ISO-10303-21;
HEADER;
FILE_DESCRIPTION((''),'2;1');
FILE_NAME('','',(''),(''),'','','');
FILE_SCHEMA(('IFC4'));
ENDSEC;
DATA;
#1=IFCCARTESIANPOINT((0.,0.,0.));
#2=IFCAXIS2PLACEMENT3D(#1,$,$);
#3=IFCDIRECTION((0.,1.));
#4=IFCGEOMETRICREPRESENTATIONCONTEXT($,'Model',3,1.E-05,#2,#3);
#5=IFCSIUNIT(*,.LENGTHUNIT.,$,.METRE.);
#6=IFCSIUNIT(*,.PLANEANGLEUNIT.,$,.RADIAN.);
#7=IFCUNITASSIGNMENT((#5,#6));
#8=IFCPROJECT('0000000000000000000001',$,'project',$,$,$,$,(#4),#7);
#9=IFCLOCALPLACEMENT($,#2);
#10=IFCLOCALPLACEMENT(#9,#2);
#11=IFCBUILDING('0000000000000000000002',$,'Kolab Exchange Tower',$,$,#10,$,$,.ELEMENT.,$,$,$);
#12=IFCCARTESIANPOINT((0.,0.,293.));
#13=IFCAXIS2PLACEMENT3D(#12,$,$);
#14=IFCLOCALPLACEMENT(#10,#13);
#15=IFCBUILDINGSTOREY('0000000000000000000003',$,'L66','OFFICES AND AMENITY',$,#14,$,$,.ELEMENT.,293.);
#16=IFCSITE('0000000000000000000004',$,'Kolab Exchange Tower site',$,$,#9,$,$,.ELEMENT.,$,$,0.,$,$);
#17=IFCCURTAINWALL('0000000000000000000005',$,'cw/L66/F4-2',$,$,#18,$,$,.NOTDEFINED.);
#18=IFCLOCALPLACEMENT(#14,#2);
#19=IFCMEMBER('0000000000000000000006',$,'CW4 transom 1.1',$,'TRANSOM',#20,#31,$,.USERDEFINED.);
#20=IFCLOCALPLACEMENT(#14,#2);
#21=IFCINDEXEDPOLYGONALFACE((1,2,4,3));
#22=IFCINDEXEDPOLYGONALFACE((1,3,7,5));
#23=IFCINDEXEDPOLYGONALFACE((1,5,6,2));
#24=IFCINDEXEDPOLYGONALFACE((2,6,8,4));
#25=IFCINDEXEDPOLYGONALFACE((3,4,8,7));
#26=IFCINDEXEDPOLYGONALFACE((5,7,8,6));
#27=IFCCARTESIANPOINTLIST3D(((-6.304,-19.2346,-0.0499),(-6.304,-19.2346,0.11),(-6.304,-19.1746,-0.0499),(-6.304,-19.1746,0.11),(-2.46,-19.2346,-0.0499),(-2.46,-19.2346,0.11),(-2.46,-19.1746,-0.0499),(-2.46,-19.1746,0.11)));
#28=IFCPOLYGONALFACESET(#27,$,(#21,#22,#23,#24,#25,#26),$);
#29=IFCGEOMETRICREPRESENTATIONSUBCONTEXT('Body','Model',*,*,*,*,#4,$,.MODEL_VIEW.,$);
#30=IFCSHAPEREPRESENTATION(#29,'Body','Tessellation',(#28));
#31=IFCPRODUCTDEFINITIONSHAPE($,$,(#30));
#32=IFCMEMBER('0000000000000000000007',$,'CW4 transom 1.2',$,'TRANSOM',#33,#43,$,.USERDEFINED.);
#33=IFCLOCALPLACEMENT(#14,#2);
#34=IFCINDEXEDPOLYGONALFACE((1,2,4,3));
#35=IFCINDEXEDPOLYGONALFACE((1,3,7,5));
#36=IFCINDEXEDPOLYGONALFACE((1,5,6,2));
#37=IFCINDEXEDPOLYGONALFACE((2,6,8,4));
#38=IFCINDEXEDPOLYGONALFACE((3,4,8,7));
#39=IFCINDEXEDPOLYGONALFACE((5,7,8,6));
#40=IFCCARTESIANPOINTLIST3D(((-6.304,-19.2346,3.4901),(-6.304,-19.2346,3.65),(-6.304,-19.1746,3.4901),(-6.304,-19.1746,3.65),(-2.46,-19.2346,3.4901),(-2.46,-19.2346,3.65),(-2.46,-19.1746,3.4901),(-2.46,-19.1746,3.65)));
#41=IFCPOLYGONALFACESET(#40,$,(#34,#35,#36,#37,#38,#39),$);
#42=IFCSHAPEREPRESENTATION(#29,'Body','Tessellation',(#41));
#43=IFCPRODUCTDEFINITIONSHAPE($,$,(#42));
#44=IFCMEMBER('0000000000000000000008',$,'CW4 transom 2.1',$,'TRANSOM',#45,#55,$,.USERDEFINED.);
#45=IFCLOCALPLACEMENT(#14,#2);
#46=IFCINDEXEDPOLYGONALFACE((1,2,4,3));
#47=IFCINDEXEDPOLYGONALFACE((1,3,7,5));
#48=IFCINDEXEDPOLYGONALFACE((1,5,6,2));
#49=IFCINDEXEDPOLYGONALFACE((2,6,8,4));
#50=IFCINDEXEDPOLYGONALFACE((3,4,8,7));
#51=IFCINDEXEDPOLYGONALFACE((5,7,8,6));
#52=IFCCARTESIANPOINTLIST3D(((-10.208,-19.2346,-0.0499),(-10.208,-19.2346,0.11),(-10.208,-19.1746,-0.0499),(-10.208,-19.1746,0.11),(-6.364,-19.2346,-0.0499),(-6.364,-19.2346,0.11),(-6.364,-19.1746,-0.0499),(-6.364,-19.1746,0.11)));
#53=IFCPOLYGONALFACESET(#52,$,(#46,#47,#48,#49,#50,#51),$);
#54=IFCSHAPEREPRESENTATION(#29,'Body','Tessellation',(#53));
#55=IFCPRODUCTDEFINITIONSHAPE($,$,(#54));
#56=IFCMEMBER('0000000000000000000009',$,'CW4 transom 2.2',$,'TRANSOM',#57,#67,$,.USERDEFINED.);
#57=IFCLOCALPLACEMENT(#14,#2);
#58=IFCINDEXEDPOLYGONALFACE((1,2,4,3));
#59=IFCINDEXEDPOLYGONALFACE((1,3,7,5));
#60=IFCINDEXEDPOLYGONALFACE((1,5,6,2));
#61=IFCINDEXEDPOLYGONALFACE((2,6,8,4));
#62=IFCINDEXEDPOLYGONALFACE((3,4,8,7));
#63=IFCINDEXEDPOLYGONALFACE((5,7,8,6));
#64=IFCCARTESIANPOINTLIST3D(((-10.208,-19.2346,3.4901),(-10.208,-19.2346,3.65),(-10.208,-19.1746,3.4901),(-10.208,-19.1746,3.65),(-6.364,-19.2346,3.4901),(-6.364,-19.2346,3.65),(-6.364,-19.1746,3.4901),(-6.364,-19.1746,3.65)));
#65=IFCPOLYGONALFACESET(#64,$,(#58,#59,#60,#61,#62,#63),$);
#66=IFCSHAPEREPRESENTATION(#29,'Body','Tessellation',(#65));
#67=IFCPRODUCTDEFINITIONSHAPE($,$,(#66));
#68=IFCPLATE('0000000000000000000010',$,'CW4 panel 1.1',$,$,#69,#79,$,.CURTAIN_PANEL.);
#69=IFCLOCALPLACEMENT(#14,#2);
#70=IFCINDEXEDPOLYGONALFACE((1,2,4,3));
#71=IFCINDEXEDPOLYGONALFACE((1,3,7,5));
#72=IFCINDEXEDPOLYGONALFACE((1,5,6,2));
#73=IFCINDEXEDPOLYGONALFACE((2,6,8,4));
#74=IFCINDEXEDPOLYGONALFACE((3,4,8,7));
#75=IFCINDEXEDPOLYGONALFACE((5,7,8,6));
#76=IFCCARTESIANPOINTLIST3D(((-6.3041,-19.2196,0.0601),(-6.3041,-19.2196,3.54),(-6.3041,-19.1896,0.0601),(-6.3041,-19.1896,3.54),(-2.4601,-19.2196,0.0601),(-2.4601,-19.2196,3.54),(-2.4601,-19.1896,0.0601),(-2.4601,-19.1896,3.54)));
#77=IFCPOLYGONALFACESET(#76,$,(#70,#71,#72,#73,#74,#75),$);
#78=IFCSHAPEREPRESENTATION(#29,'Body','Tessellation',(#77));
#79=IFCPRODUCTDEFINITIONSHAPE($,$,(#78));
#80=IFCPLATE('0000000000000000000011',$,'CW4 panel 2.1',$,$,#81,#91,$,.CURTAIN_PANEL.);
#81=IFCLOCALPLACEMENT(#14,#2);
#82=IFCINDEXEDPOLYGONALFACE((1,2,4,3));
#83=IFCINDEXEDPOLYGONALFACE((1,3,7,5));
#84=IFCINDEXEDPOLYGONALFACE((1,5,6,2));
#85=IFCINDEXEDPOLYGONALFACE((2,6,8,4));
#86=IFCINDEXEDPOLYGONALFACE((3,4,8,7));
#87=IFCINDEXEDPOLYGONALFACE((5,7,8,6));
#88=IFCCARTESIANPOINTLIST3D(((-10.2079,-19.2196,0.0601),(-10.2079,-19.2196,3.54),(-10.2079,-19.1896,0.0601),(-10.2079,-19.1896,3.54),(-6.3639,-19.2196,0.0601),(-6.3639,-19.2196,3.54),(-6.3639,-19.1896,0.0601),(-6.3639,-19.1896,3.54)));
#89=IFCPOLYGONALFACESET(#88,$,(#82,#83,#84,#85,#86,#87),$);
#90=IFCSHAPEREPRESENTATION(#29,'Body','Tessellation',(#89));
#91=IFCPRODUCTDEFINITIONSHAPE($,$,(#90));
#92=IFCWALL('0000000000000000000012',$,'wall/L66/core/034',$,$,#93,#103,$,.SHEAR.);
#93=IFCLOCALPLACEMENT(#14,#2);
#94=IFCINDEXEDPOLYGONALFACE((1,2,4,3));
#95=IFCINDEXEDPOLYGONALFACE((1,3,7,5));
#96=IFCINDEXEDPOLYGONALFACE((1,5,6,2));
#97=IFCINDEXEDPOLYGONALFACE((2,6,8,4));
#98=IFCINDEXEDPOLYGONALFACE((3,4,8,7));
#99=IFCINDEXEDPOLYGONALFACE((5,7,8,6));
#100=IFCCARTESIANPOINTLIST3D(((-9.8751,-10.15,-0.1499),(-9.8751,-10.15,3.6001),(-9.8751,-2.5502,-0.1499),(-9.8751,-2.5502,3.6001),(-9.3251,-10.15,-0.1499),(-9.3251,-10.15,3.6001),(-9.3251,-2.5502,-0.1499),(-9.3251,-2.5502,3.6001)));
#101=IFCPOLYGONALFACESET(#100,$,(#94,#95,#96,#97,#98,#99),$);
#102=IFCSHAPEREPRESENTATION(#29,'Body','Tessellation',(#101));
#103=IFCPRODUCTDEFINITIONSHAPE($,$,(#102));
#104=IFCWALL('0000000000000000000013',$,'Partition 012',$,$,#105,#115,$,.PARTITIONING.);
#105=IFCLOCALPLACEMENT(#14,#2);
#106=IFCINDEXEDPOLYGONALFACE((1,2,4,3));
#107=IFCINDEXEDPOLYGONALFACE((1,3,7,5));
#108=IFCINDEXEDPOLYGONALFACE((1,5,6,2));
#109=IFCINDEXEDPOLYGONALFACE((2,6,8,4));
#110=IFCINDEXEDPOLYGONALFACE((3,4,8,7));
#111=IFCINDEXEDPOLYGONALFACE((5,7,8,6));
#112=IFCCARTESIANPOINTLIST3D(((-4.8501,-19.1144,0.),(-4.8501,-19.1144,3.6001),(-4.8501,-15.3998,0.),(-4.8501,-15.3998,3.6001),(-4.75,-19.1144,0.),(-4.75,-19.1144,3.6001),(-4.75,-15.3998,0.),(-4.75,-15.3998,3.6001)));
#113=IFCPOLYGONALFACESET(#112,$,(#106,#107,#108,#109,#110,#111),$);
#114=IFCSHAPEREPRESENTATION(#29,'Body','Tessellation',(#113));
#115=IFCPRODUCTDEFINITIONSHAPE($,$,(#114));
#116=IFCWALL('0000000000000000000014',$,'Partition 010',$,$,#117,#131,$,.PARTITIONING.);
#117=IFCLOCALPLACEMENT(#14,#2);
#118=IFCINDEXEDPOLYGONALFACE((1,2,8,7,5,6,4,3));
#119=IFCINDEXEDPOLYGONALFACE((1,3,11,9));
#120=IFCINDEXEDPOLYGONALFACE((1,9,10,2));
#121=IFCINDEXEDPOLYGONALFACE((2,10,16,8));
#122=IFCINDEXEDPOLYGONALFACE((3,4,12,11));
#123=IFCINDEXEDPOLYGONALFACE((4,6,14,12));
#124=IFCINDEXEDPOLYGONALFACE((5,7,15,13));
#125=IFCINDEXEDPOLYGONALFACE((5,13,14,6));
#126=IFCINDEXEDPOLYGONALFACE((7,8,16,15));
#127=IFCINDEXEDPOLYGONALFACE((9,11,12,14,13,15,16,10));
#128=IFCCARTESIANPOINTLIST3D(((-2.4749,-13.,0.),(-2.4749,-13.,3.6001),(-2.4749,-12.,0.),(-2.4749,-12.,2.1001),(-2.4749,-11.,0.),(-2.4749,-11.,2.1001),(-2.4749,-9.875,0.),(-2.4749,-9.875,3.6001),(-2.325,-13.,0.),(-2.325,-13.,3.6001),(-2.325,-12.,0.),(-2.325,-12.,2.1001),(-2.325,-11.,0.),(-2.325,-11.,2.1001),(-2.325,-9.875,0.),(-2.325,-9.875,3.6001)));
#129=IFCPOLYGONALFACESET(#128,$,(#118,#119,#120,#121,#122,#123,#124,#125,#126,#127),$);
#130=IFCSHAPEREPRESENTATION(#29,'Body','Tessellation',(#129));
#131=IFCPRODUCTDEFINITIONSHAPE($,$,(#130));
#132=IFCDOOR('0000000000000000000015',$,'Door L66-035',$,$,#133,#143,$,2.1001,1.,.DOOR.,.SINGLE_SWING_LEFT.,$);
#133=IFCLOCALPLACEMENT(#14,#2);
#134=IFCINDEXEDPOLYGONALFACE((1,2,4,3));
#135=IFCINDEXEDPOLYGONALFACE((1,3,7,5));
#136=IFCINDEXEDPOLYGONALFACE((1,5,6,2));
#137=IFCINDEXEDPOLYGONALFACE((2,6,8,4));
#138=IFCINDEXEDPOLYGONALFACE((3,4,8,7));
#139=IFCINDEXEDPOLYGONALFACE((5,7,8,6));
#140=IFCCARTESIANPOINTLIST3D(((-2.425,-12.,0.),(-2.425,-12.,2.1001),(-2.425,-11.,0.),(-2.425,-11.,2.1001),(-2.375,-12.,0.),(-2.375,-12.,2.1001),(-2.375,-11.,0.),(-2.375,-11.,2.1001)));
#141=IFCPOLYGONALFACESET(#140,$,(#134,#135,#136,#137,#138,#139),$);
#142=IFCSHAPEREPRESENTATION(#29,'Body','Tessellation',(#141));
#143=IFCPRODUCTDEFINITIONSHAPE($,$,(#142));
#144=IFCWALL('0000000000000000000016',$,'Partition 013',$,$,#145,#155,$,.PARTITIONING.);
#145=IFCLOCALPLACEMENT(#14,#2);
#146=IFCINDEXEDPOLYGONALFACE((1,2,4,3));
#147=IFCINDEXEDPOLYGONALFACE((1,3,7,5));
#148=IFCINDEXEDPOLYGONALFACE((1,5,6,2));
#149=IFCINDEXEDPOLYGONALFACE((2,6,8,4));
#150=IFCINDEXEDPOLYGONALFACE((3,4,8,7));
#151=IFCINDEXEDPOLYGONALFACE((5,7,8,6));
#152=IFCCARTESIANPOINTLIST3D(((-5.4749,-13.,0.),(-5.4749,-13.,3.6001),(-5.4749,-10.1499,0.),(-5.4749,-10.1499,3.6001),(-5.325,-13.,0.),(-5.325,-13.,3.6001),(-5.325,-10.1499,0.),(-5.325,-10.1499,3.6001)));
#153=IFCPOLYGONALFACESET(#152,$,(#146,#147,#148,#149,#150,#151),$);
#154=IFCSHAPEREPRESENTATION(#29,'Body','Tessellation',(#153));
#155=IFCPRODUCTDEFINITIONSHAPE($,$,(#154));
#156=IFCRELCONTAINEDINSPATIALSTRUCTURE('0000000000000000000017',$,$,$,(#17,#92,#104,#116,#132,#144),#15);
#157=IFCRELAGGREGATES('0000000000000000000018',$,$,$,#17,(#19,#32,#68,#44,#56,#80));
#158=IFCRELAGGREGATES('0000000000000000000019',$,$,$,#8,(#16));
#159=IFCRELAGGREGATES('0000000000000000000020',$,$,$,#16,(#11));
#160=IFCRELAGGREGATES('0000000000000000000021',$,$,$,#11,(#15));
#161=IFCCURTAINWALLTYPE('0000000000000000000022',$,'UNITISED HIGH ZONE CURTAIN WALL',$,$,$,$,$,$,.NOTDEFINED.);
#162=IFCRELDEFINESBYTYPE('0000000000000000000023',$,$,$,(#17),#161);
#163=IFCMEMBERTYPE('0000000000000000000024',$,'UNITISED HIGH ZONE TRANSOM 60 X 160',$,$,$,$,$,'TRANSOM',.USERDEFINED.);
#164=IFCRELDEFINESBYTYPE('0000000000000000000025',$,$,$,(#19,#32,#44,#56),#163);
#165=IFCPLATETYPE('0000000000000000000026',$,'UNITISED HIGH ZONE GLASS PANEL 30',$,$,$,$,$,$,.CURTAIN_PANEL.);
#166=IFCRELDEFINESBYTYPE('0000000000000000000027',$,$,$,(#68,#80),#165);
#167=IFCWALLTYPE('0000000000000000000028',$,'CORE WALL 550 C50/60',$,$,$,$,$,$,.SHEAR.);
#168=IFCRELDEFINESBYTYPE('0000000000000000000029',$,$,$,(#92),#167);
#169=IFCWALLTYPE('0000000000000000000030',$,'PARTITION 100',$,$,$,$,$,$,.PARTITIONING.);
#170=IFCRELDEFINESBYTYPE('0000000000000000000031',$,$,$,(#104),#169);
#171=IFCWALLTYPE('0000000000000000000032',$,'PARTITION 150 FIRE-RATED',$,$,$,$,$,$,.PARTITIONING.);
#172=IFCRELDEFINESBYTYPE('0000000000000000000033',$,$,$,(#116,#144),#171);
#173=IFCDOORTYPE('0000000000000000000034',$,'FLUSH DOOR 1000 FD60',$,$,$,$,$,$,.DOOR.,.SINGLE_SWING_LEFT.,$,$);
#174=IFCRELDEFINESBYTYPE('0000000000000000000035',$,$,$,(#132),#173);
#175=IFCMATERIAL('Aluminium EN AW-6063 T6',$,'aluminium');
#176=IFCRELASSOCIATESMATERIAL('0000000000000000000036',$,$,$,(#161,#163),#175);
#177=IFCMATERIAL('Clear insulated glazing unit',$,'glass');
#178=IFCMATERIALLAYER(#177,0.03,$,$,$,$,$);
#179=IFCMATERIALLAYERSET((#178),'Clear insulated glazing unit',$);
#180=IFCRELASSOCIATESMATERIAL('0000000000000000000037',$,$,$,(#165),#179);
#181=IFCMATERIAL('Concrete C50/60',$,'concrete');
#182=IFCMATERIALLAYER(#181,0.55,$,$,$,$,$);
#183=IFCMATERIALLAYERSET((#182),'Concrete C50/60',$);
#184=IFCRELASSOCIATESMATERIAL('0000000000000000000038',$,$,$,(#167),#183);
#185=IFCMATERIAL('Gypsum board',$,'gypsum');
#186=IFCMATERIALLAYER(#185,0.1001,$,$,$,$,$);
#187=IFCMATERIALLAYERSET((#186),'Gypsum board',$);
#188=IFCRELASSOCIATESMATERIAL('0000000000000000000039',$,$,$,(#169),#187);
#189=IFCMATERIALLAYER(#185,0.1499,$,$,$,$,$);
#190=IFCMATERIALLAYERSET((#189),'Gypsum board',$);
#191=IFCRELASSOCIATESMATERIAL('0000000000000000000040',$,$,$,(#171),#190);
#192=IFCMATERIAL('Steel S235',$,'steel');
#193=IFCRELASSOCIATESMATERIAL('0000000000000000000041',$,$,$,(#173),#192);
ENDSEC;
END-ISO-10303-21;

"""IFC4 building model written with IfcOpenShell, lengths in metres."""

from ifc_helpers import new_model, si_unit, direction, frame, frame_2d, origin, origin_2d, place, context, subcontext, project, spatial, rectangle, extrude, material, layer, layer_set, material_profile, profile_set, type_object, element, fill, aggregate, save


model = new_model("IFC4")

# Units and contexts
model_context = context("Model", 3, precision=1e-05, world=origin(), true_north=direction((0.0, 1.0)))
body_context = subcontext(model_context, "Body", "Model", "MODEL_VIEW")
ifc_project = project(units=[si_unit("LENGTHUNIT", "METRE"), si_unit("PLANEANGLEUNIT", "RADIAN")], contexts=[model_context])

# Site, building, storey
site_placement = place(None, origin())
site = spatial("IfcSite", under=ifc_project, at=site_placement, Name="Kolab Exchange Tower site", CompositionType="ELEMENT", RefElevation=0.0)
building_placement = place(site_placement, origin())
building = spatial("IfcBuilding", under=site, at=building_placement, Name="Kolab Exchange Tower", CompositionType="ELEMENT")
storey_placement = place(building_placement, frame((0.0, 0.0, 293.0)))
storey = spatial("IfcBuildingStorey", under=building, at=storey_placement, Name="L66", Description="OFFICES AND AMENITY", CompositionType="ELEMENT", Elevation=293.0)

# Shared definitions
ifc_material_1 = material(Name="Concrete C50/60", Category="concrete")

# Curtain wall
ifc_material_2 = material(Name="Aluminium EN AW-6063 T6", Category="aluminium")
curtain_wall_type = type_object("IfcCurtainWallType", Name="UNITISED HIGH ZONE CURTAIN WALL", PredefinedType="NOTDEFINED", material=ifc_material_2)
curtain_wall_1_placement = place(storey_placement, origin())
curtain_wall_1 = element("IfcCurtainWall", 1, at=curtain_wall_1_placement, inside=storey, type_object=curtain_wall_type, Name="cw/L66/F4-2", PredefinedType="NOTDEFINED")

# Members
ifc_material_profile_1 = material_profile(ifc_material_2, rectangle(XDim=0.0601, YDim=0.1599, at=origin_2d()), Name="RECT 60X160")
ifc_profile_set_1 = profile_set([ifc_material_profile_1], Name="Aluminium EN AW-6063 T6")
member_type_1 = type_object("IfcMemberType", Name="UNITISED HIGH ZONE TRANSOM 60 X 160", ElementType="TRANSOM", PredefinedType="USERDEFINED", material=ifc_profile_set_1)
member_1_placement = place(storey_placement, frame((-2.46, -19.2046, 0.03), z_axis=(-1.0, 0.0, 0.0), x_axis=(0.0, -1.0, 0.0)))
member_1 = element("IfcMember", 2, at=member_1_placement, type_object=member_type_1, Name="CW4 transom 1.1", ObjectType="TRANSOM", PredefinedType="USERDEFINED", context=body_context, shape_type="SweptSolid", body=[
    extrude(rectangle(XDim=0.0601, YDim=0.1599, at=origin_2d()), origin(), (0.0, 0.0, 1.0), 3.844),
])
member_2_placement = place(storey_placement, frame((-2.46, -19.2046, 3.5701), z_axis=(-1.0, 0.0, 0.0), x_axis=(0.0, -1.0, 0.0)))
member_2 = element("IfcMember", 3, at=member_2_placement, type_object=member_type_1, Name="CW4 transom 1.2", ObjectType="TRANSOM", PredefinedType="USERDEFINED", context=body_context, shape_type="SweptSolid", body=[
    extrude(rectangle(XDim=0.0601, YDim=0.1599, at=origin_2d()), origin(), (0.0, 0.0, 1.0), 3.844),
])
member_3_placement = place(storey_placement, frame((-6.364, -19.2046, 0.03), z_axis=(-1.0, 0.0, 0.0), x_axis=(0.0, -1.0, 0.0)))
member_3 = element("IfcMember", 4, at=member_3_placement, type_object=member_type_1, Name="CW4 transom 2.1", ObjectType="TRANSOM", PredefinedType="USERDEFINED", context=body_context, shape_type="SweptSolid", body=[
    extrude(rectangle(XDim=0.0601, YDim=0.1599, at=origin_2d()), origin(), (0.0, 0.0, 1.0), 3.844),
])
member_4_placement = place(storey_placement, frame((-6.364, -19.2046, 3.5701), z_axis=(-1.0, 0.0, 0.0), x_axis=(0.0, -1.0, 0.0)))
member_4 = element("IfcMember", 5, at=member_4_placement, type_object=member_type_1, Name="CW4 transom 2.2", ObjectType="TRANSOM", PredefinedType="USERDEFINED", context=body_context, shape_type="SweptSolid", body=[
    extrude(rectangle(XDim=0.0601, YDim=0.1599, at=origin_2d()), origin(), (0.0, 0.0, 1.0), 3.844),
])

# Plates
ifc_material_3 = material(Name="Clear insulated glazing unit", Category="glass")
ifc_layer_1 = layer(ifc_material_3, 0.03)
ifc_layer_set_1 = layer_set([ifc_layer_1], Name="Clear insulated glazing unit")
plate_type = type_object("IfcPlateType", Name="UNITISED HIGH ZONE GLASS PANEL 30", PredefinedType="CURTAIN_PANEL", material=ifc_layer_set_1)
plate_1_placement = place(storey_placement, frame((-4.3821, -19.2046, 0.0601), z_axis=(0.0, 0.0, 1.0), x_axis=(-1.0, 0.0, 0.0)))
plate_1 = element("IfcPlate", 6, at=plate_1_placement, type_object=plate_type, Name="CW4 panel 1.1", PredefinedType="CURTAIN_PANEL", context=body_context, shape_type="SweptSolid", body=[
    extrude(rectangle(XDim=3.844, YDim=0.03, at=origin_2d()), origin(), (0.0, 0.0, 1.0), 3.48),
])
plate_2_placement = place(storey_placement, frame((-8.2859, -19.2046, 0.0601), z_axis=(0.0, 0.0, 1.0), x_axis=(-1.0, 0.0, 0.0)))
plate_2 = element("IfcPlate", 7, at=plate_2_placement, type_object=plate_type, Name="CW4 panel 2.1", PredefinedType="CURTAIN_PANEL", context=body_context, shape_type="SweptSolid", body=[
    extrude(rectangle(XDim=3.844, YDim=0.03, at=origin_2d()), origin(), (0.0, 0.0, 1.0), 3.48),
])
aggregate(curtain_wall_1, [member_1, member_2, plate_1, member_3, member_4, plate_2])

# Walls
ifc_layer_2 = layer(ifc_material_1, 0.55)
ifc_layer_set_2 = layer_set([ifc_layer_2], Name="Concrete C50/60")
wall_type_1 = type_object("IfcWallType", Name="CORE WALL 550 C50/60", PredefinedType="SHEAR", material=ifc_layer_set_2)
wall_1_placement = place(storey_placement, frame((-9.6001, -10.1499, -0.1499), z_axis=(0.0, 0.0, 1.0), x_axis=(0.0, 1.0, 0.0)))
element("IfcWall", 8, at=wall_1_placement, inside=storey, type_object=wall_type_1, Name="wall/L66/core/034", PredefinedType="SHEAR", context=body_context, shape_type="SweptSolid", body=[
    extrude(rectangle(XDim=7.5999, YDim=0.55, at=frame_2d((3.7998, 0.0))), origin(), (0.0, 0.0, 1.0), 3.75),
])
ifc_material_4 = material(Name="Gypsum board", Category="gypsum")
ifc_layer_3 = layer(ifc_material_4, 0.1001)
ifc_layer_set_3 = layer_set([ifc_layer_3], Name="Gypsum board")
wall_type_2 = type_object("IfcWallType", Name="PARTITION 100", PredefinedType="PARTITIONING", material=ifc_layer_set_3)
wall_2_placement = place(storey_placement, frame((-4.8, -19.1145, 0.0), z_axis=(0.0, 0.0, 1.0), x_axis=(0.0, 1.0, 0.0)))
element("IfcWall", 9, at=wall_2_placement, inside=storey, type_object=wall_type_2, Name="Partition 012", PredefinedType="PARTITIONING", context=body_context, shape_type="SweptSolid", body=[
    extrude(rectangle(XDim=3.7146, YDim=0.1001, at=frame_2d((1.8574, 0.0))), origin(), (0.0, 0.0, 1.0), 3.6001),
])

# Wall, opening, door
ifc_layer_4 = layer(ifc_material_4, 0.1499)
ifc_layer_set_4 = layer_set([ifc_layer_4], Name="Gypsum board")
wall_type_3 = type_object("IfcWallType", Name="PARTITION 150 FIRE-RATED", PredefinedType="PARTITIONING", material=ifc_layer_set_4)
wall_3_placement = place(storey_placement, frame((-2.3999, -13.0, 0.0), z_axis=(0.0, 0.0, 1.0), x_axis=(0.0, 1.0, 0.0)))
wall_3 = element("IfcWall", 10, at=wall_3_placement, inside=storey, type_object=wall_type_3, Name="Partition 010", PredefinedType="PARTITIONING", context=body_context, shape_type="SweptSolid", body=[
    extrude(rectangle(XDim=3.125, YDim=0.1499, at=frame_2d((1.5625, 0.0))), origin(), (0.0, 0.0, 1.0), 3.6001),
])
opening_1_placement = place(wall_3_placement, frame((1.0, 0.0, 0.0)))
opening_1 = element("IfcOpeningElement", 11, at=opening_1_placement, cuts=wall_3, PredefinedType="OPENING", context=body_context, shape_type="SweptSolid", body=[
    extrude(rectangle(XDim=1.0, YDim=2.1001, at=frame_2d((0.5, 1.05))), frame((0.0, 0.085, 0.0), z_axis=(0.0, -1.0, 0.0), x_axis=(1.0, 0.0, 0.0)), (0.0, 0.0, 1.0), 0.1699),
])
ifc_material_5 = material(Name="Steel S235", Category="steel")
door_type = type_object("IfcDoorType", Name="FLUSH DOOR 1000 FD60", OperationType="SINGLE_SWING_LEFT", PredefinedType="DOOR", material=ifc_material_5)
door_1_placement = place(opening_1_placement, frame((1.0, 0.0, 0.0), z_axis=(0.0, 0.0, 1.0), x_axis=(-1.0, 0.0, 0.0)))
door_1 = element("IfcDoor", 12, at=door_1_placement, inside=storey, type_object=door_type, Name="Door L66-035", OperationType="SINGLE_SWING_LEFT", OverallHeight=2.1001, OverallWidth=1.0, PredefinedType="DOOR", context=body_context, shape_type="SweptSolid", body=[
    extrude(rectangle(XDim=1.0, YDim=2.1001, at=frame_2d((0.5, 1.05))), frame((0.0, 0.0249, 0.0), z_axis=(0.0, -1.0, 0.0), x_axis=(1.0, 0.0, 0.0)), (0.0, 0.0, 1.0), 0.05),
])
fill(opening_1, door_1)

# Wall
wall_4_placement = place(storey_placement, frame((-5.3999, -13.0, 0.0), z_axis=(0.0, 0.0, 1.0), x_axis=(0.0, 1.0, 0.0)))
element("IfcWall", 13, at=wall_4_placement, inside=storey, type_object=wall_type_3, Name="Partition 013", PredefinedType="PARTITIONING", context=body_context, shape_type="SweptSolid", body=[
    extrude(rectangle(XDim=2.8501, YDim=0.1499, at=frame_2d((1.425, 0.0))), origin(), (0.0, 0.0, 1.0), 3.6001),
])

save(model, "model.ifc")
